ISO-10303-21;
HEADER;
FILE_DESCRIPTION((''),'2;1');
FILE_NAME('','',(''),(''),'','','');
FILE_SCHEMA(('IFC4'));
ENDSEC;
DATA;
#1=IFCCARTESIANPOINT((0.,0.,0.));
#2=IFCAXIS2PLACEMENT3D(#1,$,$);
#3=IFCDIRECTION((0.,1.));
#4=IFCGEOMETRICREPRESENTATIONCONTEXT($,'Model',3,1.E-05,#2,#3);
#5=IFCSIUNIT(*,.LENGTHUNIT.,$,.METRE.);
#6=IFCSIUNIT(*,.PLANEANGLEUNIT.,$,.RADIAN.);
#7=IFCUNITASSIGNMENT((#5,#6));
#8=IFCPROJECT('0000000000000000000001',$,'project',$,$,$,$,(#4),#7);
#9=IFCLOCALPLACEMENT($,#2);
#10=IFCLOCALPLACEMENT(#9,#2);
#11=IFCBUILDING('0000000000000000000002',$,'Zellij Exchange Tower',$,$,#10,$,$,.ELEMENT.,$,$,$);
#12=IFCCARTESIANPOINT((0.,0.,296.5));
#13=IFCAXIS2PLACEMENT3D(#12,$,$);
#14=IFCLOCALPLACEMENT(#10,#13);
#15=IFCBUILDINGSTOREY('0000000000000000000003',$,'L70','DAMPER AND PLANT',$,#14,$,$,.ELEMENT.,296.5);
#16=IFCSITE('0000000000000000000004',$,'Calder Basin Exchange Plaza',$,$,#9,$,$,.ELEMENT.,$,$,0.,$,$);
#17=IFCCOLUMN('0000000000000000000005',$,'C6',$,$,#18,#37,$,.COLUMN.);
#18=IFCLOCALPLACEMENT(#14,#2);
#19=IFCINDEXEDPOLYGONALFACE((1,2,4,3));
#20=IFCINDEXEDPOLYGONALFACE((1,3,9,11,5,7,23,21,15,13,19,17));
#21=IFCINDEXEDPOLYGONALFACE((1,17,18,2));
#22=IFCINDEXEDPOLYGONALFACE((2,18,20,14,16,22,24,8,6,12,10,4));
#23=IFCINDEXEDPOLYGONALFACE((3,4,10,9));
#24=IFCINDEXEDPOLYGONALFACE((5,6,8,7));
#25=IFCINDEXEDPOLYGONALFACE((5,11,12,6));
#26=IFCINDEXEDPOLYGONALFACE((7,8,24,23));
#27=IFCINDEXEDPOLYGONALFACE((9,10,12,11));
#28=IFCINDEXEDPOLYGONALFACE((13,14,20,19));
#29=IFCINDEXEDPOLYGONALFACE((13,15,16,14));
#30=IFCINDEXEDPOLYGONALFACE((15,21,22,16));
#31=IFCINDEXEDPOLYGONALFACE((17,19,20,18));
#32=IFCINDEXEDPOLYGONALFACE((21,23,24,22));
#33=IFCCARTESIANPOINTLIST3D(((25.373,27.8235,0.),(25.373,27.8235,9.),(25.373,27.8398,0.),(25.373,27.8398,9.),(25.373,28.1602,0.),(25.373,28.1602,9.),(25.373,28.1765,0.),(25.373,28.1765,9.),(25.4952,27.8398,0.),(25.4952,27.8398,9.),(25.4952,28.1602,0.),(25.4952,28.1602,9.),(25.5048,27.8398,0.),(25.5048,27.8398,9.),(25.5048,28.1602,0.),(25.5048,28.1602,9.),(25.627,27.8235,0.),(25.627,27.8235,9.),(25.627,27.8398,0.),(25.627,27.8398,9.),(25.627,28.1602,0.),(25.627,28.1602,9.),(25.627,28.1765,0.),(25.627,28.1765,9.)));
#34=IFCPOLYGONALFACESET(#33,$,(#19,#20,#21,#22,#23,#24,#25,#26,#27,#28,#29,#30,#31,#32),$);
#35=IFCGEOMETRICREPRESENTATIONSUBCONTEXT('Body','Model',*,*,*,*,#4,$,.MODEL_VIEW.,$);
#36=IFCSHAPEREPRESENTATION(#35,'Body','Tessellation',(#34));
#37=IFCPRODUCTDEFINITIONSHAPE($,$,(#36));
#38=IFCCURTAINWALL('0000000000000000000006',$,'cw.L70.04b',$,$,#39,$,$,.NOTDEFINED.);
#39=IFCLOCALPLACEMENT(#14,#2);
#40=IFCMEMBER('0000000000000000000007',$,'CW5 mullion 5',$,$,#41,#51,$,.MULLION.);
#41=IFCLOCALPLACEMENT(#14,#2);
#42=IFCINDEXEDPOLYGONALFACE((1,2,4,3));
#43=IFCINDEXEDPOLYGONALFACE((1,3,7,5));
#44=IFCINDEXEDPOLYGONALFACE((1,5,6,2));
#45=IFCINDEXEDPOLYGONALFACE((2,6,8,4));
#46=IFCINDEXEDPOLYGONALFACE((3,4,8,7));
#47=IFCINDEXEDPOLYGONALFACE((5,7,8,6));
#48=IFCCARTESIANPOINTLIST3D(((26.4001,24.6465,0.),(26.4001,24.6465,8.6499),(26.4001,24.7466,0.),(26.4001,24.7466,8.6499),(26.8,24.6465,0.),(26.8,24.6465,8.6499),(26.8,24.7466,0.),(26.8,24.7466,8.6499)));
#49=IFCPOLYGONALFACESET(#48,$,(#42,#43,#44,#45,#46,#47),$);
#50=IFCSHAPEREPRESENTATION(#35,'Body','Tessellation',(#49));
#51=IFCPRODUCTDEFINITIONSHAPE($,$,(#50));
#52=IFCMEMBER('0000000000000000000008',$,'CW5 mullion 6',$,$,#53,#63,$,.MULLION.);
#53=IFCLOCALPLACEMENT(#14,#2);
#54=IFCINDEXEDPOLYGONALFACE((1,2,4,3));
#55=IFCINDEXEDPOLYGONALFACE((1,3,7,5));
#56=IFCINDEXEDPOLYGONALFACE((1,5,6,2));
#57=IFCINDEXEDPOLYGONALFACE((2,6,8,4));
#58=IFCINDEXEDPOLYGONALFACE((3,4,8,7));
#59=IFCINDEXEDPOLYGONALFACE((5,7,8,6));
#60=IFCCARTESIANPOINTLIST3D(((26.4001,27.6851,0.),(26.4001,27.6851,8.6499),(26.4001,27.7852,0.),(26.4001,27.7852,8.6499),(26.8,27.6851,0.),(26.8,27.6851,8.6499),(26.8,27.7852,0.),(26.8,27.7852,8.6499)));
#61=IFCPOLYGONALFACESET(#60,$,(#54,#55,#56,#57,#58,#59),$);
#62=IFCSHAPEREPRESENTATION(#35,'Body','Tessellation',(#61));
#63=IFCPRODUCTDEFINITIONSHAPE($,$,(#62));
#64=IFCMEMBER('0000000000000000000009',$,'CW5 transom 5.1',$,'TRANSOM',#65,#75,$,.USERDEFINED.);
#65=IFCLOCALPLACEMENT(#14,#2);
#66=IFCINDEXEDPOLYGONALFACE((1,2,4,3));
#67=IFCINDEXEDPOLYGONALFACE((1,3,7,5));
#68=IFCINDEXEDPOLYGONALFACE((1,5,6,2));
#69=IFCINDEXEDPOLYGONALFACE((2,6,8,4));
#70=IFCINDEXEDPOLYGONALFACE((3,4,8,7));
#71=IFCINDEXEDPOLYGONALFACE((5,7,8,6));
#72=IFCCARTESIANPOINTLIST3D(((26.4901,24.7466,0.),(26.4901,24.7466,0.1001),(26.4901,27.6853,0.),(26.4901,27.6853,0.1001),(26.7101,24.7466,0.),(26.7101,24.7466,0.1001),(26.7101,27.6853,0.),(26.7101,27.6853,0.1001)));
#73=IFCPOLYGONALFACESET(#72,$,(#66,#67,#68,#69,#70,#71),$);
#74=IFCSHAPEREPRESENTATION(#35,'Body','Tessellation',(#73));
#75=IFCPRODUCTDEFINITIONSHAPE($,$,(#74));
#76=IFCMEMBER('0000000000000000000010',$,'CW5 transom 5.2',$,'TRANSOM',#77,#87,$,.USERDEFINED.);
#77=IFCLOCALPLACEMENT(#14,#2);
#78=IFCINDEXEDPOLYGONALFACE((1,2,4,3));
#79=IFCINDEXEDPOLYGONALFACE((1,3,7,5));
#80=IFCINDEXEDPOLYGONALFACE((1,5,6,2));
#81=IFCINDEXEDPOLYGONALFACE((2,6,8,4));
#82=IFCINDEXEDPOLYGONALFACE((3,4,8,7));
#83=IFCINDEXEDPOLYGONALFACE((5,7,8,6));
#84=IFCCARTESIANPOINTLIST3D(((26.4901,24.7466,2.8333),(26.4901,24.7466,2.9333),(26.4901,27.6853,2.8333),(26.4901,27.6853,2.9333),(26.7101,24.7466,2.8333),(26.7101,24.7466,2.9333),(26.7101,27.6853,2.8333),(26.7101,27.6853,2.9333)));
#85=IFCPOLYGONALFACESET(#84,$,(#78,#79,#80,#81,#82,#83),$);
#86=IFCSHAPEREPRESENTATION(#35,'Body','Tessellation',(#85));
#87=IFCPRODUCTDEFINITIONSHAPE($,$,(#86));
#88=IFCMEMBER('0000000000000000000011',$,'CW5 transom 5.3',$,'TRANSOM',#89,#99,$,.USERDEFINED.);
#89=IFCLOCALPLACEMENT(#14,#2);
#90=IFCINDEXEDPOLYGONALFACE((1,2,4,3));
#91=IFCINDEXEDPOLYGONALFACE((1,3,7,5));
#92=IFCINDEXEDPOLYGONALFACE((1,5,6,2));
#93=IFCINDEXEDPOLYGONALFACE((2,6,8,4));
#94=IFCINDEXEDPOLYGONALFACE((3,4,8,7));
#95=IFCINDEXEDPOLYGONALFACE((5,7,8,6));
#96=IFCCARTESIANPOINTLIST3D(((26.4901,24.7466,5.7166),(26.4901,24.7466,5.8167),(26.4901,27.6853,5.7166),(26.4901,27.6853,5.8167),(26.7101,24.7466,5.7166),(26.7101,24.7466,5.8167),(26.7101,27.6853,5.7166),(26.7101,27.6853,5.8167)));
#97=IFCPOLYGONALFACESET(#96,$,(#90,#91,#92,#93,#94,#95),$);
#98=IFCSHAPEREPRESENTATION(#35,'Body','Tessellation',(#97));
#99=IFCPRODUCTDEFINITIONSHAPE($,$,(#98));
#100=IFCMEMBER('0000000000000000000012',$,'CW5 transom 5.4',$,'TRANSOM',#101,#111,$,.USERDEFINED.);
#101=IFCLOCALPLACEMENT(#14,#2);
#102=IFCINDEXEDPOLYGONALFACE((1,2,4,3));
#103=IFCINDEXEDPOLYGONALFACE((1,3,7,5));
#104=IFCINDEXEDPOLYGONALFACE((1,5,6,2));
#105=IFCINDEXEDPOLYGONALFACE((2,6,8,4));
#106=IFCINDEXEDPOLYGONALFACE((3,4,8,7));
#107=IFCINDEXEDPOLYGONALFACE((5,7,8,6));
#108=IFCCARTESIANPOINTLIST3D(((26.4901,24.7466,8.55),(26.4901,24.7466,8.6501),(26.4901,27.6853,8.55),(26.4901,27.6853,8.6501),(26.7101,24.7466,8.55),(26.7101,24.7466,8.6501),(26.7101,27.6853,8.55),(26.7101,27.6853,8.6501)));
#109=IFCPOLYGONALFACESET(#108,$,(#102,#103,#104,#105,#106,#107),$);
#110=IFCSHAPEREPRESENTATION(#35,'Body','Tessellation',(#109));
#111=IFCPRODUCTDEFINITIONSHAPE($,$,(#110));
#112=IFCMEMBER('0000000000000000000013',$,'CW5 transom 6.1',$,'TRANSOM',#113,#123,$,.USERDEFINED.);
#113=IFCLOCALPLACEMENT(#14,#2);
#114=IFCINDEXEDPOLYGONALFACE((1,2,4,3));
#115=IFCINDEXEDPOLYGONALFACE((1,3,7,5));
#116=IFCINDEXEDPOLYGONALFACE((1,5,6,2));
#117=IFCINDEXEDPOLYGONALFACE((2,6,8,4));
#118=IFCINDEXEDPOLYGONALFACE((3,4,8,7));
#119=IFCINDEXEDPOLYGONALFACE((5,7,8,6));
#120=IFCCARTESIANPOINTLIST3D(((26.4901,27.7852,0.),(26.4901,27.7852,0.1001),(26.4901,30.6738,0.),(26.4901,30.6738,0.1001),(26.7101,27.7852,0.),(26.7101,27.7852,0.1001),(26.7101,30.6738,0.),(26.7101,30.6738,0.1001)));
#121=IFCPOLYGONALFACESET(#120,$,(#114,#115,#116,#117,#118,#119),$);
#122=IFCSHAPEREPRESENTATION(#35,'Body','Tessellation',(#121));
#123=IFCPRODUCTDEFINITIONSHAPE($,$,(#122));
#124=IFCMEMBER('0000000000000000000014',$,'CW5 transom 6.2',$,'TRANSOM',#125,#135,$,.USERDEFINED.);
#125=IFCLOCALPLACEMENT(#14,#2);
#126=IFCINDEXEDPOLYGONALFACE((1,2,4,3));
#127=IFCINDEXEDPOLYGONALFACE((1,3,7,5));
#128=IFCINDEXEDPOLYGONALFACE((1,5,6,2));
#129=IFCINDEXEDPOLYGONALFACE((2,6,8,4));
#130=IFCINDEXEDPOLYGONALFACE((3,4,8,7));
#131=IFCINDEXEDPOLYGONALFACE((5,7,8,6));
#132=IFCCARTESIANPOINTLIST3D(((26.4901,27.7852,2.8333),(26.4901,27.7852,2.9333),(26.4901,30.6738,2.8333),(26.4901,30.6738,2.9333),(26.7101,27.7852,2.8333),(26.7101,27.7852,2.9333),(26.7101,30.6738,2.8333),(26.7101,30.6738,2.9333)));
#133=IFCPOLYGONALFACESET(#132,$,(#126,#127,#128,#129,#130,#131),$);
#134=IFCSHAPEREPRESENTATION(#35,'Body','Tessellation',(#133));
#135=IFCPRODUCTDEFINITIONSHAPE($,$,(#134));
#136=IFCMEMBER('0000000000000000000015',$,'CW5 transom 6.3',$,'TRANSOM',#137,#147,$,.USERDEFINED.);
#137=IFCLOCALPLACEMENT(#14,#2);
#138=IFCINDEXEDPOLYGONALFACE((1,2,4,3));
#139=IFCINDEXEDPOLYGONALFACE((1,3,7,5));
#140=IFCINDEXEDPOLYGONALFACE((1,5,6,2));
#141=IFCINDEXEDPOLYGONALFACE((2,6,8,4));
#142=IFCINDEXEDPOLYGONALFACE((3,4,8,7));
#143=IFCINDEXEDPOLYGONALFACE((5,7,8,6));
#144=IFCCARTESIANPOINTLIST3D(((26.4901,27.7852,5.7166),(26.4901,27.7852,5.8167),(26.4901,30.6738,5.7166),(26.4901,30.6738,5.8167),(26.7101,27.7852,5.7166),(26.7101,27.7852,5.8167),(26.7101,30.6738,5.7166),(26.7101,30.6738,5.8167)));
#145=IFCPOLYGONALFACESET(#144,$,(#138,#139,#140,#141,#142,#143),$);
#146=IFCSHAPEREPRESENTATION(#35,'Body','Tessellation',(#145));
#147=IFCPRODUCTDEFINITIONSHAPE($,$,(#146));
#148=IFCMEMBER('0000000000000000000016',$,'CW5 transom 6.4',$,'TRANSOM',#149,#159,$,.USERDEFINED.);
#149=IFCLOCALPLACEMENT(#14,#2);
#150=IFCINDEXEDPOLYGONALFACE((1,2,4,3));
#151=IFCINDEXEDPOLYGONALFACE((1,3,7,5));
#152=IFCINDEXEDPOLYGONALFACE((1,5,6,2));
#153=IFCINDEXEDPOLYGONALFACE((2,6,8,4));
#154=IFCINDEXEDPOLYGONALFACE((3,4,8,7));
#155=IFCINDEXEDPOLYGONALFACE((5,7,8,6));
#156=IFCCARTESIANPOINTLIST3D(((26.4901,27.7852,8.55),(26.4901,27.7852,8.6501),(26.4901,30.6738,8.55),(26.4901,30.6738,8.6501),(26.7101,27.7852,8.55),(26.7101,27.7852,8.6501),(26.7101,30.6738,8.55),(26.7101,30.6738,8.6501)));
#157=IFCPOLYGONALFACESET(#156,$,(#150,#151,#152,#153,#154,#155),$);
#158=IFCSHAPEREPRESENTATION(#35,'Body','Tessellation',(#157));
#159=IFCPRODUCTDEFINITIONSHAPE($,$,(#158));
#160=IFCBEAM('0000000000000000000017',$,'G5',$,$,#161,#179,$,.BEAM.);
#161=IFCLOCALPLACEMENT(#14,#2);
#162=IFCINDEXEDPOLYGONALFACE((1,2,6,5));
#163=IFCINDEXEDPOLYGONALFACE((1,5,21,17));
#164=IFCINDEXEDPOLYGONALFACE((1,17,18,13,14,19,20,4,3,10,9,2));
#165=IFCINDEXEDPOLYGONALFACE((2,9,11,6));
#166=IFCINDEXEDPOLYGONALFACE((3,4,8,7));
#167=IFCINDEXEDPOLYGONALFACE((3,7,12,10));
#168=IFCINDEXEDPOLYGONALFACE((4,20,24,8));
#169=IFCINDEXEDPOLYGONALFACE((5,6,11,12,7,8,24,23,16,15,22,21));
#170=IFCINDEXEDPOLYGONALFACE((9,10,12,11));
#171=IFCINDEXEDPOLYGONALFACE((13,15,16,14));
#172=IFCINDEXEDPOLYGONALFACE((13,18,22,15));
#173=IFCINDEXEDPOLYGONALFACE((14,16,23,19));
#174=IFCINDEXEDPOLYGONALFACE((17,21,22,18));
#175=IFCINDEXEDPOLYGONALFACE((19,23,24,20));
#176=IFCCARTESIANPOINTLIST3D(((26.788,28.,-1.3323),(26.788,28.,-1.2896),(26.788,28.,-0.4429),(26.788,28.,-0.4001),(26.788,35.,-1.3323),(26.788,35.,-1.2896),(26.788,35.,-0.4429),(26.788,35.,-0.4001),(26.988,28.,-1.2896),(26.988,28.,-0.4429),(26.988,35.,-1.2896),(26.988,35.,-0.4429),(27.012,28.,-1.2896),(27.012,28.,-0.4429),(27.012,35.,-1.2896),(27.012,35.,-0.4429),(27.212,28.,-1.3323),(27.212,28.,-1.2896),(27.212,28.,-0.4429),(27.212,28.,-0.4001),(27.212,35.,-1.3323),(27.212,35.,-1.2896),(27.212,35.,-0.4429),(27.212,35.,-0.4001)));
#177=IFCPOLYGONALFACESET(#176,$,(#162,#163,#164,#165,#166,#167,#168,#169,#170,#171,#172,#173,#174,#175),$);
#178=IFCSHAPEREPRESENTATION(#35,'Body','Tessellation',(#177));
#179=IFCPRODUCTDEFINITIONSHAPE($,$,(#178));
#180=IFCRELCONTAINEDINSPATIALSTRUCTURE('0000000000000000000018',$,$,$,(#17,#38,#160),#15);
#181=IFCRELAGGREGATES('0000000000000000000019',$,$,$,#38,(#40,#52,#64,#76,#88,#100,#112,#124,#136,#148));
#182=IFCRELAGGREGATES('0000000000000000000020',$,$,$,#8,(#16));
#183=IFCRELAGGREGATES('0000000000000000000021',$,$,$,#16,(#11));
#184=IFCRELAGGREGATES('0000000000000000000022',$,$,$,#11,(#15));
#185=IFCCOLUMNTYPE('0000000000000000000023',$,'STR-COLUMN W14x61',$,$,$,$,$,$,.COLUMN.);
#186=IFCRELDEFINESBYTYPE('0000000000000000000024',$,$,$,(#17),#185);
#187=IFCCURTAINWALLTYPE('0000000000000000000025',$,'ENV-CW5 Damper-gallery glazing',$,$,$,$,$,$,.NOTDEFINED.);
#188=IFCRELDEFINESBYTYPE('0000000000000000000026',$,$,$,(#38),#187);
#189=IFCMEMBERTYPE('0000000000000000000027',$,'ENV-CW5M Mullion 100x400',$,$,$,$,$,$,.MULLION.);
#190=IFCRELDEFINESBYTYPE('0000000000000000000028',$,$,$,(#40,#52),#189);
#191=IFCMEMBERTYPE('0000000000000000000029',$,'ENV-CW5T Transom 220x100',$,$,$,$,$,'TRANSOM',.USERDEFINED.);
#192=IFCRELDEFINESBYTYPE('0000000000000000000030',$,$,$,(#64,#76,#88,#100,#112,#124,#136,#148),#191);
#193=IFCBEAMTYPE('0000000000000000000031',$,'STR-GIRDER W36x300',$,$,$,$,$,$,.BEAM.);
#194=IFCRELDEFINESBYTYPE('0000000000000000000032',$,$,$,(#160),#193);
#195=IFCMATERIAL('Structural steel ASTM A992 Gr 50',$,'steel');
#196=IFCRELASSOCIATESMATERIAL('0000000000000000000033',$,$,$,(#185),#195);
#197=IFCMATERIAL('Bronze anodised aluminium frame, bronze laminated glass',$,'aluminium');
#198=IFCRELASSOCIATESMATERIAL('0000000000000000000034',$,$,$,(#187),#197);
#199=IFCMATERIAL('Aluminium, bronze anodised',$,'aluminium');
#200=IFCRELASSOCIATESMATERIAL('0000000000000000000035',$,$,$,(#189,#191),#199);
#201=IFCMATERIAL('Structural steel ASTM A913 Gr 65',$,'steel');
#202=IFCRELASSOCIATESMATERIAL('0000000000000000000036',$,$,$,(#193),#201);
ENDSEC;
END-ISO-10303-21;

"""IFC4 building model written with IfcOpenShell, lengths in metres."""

from ifc_helpers import new_model, si_unit, direction, frame, origin, origin_2d, place, context, subcontext, project, spatial, rectangle, i_section, extrude, material, material_profile, profile_set, type_object, element, aggregate, save


model = new_model("IFC4")

# Units and contexts
model_context = context("Model", 3, precision=1e-05, world=origin(), true_north=direction((0.0, 1.0)))
body_context = subcontext(model_context, "Body", "Model", "MODEL_VIEW")
ifc_project = project(units=[si_unit("LENGTHUNIT", "METRE"), si_unit("PLANEANGLEUNIT", "RADIAN")], contexts=[model_context])

# Site, building, storey
site_placement = place(None, origin())
site = spatial("IfcSite", under=ifc_project, at=site_placement, Name="Calder Basin Exchange Plaza", CompositionType="ELEMENT", RefElevation=0.0)
building_placement = place(site_placement, origin())
building = spatial("IfcBuilding", under=site, at=building_placement, Name="Zellij Exchange Tower", CompositionType="ELEMENT")
storey_placement = place(building_placement, frame((0.0, 0.0, 296.5)))
storey = spatial("IfcBuildingStorey", under=building, at=storey_placement, Name="L70", Description="DAMPER AND PLANT", CompositionType="ELEMENT", Elevation=296.5)

# Column
ifc_material_1 = material(Name="Structural steel ASTM A992 Gr 50", Category="steel")
ifc_material_profile_1 = material_profile(ifc_material_1, i_section(OverallWidth=0.2539, OverallDepth=0.353, WebThickness=0.0095, FlangeThickness=0.0164, at=origin_2d()), Name="W14x61")
ifc_profile_set_1 = profile_set([ifc_material_profile_1], Name="Structural steel ASTM A992 Gr 50")
column_type = type_object("IfcColumnType", Name="STR-COLUMN W14x61", PredefinedType="COLUMN", material=ifc_profile_set_1)
column_placement = place(storey_placement, frame((25.5, 28.0, 0.0), z_axis=(0.0, 0.0, 1.0), x_axis=(1.0, 0.0, 0.0)))
element("IfcColumn", 1, at=column_placement, inside=storey, type_object=column_type, Name="C6", PredefinedType="COLUMN", context=body_context, shape_type="SweptSolid", body=[
    extrude(i_section(OverallWidth=0.2539, OverallDepth=0.353, WebThickness=0.0095, FlangeThickness=0.0164, at=origin_2d()), origin(), (0.0, 0.0, 1.0), 9.0),
])

# Curtain wall, members
ifc_material_2 = material(Name="Bronze anodised aluminium frame, bronze laminated glass", Category="aluminium")
curtain_wall_type = type_object("IfcCurtainWallType", Name="ENV-CW5 Damper-gallery glazing", PredefinedType="NOTDEFINED", material=ifc_material_2)
curtain_wall_placement = place(storey_placement, origin())
curtain_wall = element("IfcCurtainWall", 2, at=curtain_wall_placement, inside=storey, type_object=curtain_wall_type, Name="cw.L70.04b", PredefinedType="NOTDEFINED")
ifc_material_3 = material(Name="Aluminium, bronze anodised", Category="aluminium")
ifc_material_profile_2 = material_profile(ifc_material_3, rectangle(XDim=0.1001, YDim=0.3999, at=origin_2d()), Name="AL 100x400")
ifc_profile_set_2 = profile_set([ifc_material_profile_2], Name="Aluminium, bronze anodised")
member_type_1 = type_object("IfcMemberType", Name="ENV-CW5M Mullion 100x400", PredefinedType="MULLION", material=ifc_profile_set_2)
member_1_placement = place(storey_placement, frame((26.6001, 24.6965, 0.0), z_axis=(0.0, 0.0, 1.0), x_axis=(0.0, 1.0, 0.0)))
member_1 = element("IfcMember", 3, at=member_1_placement, type_object=member_type_1, Name="CW5 mullion 5", PredefinedType="MULLION", context=body_context, shape_type="SweptSolid", body=[
    extrude(rectangle(XDim=0.1001, YDim=0.3999, at=origin_2d()), origin(), (0.0, 0.0, 1.0), 8.6499),
])
member_2_placement = place(storey_placement, frame((26.6001, 27.7351, 0.0), z_axis=(0.0, 0.0, 1.0), x_axis=(0.0, 1.0, 0.0)))
member_2 = element("IfcMember", 4, at=member_2_placement, type_object=member_type_1, Name="CW5 mullion 6", PredefinedType="MULLION", context=body_context, shape_type="SweptSolid", body=[
    extrude(rectangle(XDim=0.1001, YDim=0.3999, at=origin_2d()), origin(), (0.0, 0.0, 1.0), 8.6499),
])
ifc_material_profile_3 = material_profile(ifc_material_3, rectangle(XDim=0.22, YDim=0.1001, at=origin_2d()), Name="AL 220x100")
ifc_profile_set_3 = profile_set([ifc_material_profile_3], Name="Aluminium, bronze anodised")
member_type_2 = type_object("IfcMemberType", Name="ENV-CW5T Transom 220x100", ElementType="TRANSOM", PredefinedType="USERDEFINED", material=ifc_profile_set_3)
member_3_placement = place(storey_placement, frame((26.6001, 24.7466, 0.05), z_axis=(0.0, 1.0, 0.0), x_axis=(-1.0, 0.0, 0.0)))
member_3 = element("IfcMember", 5, at=member_3_placement, type_object=member_type_2, Name="CW5 transom 5.1", ObjectType="TRANSOM", PredefinedType="USERDEFINED", context=body_context, shape_type="SweptSolid", body=[
    extrude(rectangle(XDim=0.22, YDim=0.1001, at=origin_2d()), origin(), (0.0, 0.0, 1.0), 2.9387),
])
member_4_placement = place(storey_placement, frame((26.6001, 24.7466, 2.8833), z_axis=(0.0, 1.0, 0.0), x_axis=(-1.0, 0.0, 0.0)))
member_4 = element("IfcMember", 6, at=member_4_placement, type_object=member_type_2, Name="CW5 transom 5.2", ObjectType="TRANSOM", PredefinedType="USERDEFINED", context=body_context, shape_type="SweptSolid", body=[
    extrude(rectangle(XDim=0.22, YDim=0.1001, at=origin_2d()), origin(), (0.0, 0.0, 1.0), 2.9387),
])
member_5_placement = place(storey_placement, frame((26.6001, 24.7466, 5.7666), z_axis=(0.0, 1.0, 0.0), x_axis=(-1.0, 0.0, 0.0)))
member_5 = element("IfcMember", 7, at=member_5_placement, type_object=member_type_2, Name="CW5 transom 5.3", ObjectType="TRANSOM", PredefinedType="USERDEFINED", context=body_context, shape_type="SweptSolid", body=[
    extrude(rectangle(XDim=0.22, YDim=0.1001, at=origin_2d()), origin(), (0.0, 0.0, 1.0), 2.9387),
])
member_6_placement = place(storey_placement, frame((26.6001, 24.7466, 8.6001), z_axis=(0.0, 1.0, 0.0), x_axis=(-1.0, 0.0, 0.0)))
member_6 = element("IfcMember", 8, at=member_6_placement, type_object=member_type_2, Name="CW5 transom 5.4", ObjectType="TRANSOM", PredefinedType="USERDEFINED", context=body_context, shape_type="SweptSolid", body=[
    extrude(rectangle(XDim=0.22, YDim=0.1001, at=origin_2d()), origin(), (0.0, 0.0, 1.0), 2.9387),
])
member_7_placement = place(storey_placement, frame((26.6001, 27.7852, 0.05), z_axis=(0.0, 1.0, 0.0), x_axis=(-1.0, 0.0, 0.0)))
member_7 = element("IfcMember", 9, at=member_7_placement, type_object=member_type_2, Name="CW5 transom 6.1", ObjectType="TRANSOM", PredefinedType="USERDEFINED", context=body_context, shape_type="SweptSolid", body=[
    extrude(rectangle(XDim=0.22, YDim=0.1001, at=origin_2d()), origin(), (0.0, 0.0, 1.0), 2.8887),
])
member_8_placement = place(storey_placement, frame((26.6001, 27.7852, 2.8833), z_axis=(0.0, 1.0, 0.0), x_axis=(-1.0, 0.0, 0.0)))
member_8 = element("IfcMember", 10, at=member_8_placement, type_object=member_type_2, Name="CW5 transom 6.2", ObjectType="TRANSOM", PredefinedType="USERDEFINED", context=body_context, shape_type="SweptSolid", body=[
    extrude(rectangle(XDim=0.22, YDim=0.1001, at=origin_2d()), origin(), (0.0, 0.0, 1.0), 2.8887),
])
member_9_placement = place(storey_placement, frame((26.6001, 27.7852, 5.7666), z_axis=(0.0, 1.0, 0.0), x_axis=(-1.0, 0.0, 0.0)))
member_9 = element("IfcMember", 11, at=member_9_placement, type_object=member_type_2, Name="CW5 transom 6.3", ObjectType="TRANSOM", PredefinedType="USERDEFINED", context=body_context, shape_type="SweptSolid", body=[
    extrude(rectangle(XDim=0.22, YDim=0.1001, at=origin_2d()), origin(), (0.0, 0.0, 1.0), 2.8887),
])
member_10_placement = place(storey_placement, frame((26.6001, 27.7852, 8.6001), z_axis=(0.0, 1.0, 0.0), x_axis=(-1.0, 0.0, 0.0)))
member_10 = element("IfcMember", 12, at=member_10_placement, type_object=member_type_2, Name="CW5 transom 6.4", ObjectType="TRANSOM", PredefinedType="USERDEFINED", context=body_context, shape_type="SweptSolid", body=[
    extrude(rectangle(XDim=0.22, YDim=0.1001, at=origin_2d()), origin(), (0.0, 0.0, 1.0), 2.8887),
])

# Beam
ifc_material_4 = material(Name="Structural steel ASTM A913 Gr 65", Category="steel")
ifc_material_profile_4 = material_profile(ifc_material_4, i_section(OverallWidth=0.4241, OverallDepth=0.9321, WebThickness=0.0239, FlangeThickness=0.0427, at=origin_2d()), Name="W36x300")
ifc_profile_set_4 = profile_set([ifc_material_profile_4], Name="Structural steel ASTM A913 Gr 65")
beam_type_1 = type_object("IfcBeamType", Name="STR-GIRDER W36x300", PredefinedType="BEAM", material=ifc_profile_set_4)
beam_1_placement = place(storey_placement, frame((27.0, 28.0, -0.8662), z_axis=(0.0, 1.0, 0.0), x_axis=(-1.0, 0.0, 0.0)))
element("IfcBeam", 13, at=beam_1_placement, inside=storey, type_object=beam_type_1, Name="G5", PredefinedType="BEAM", context=body_context, shape_type="SweptSolid", body=[
    extrude(i_section(OverallWidth=0.4241, OverallDepth=0.9321, WebThickness=0.0239, FlangeThickness=0.0427, at=origin_2d()), origin(), (0.0, 0.0, 1.0), 7.0),
])

aggregate(curtain_wall, [member_1, member_2, member_3, member_4, member_5, member_6, member_7, member_8, member_9, member_10])

save(model, "model.ifc")
